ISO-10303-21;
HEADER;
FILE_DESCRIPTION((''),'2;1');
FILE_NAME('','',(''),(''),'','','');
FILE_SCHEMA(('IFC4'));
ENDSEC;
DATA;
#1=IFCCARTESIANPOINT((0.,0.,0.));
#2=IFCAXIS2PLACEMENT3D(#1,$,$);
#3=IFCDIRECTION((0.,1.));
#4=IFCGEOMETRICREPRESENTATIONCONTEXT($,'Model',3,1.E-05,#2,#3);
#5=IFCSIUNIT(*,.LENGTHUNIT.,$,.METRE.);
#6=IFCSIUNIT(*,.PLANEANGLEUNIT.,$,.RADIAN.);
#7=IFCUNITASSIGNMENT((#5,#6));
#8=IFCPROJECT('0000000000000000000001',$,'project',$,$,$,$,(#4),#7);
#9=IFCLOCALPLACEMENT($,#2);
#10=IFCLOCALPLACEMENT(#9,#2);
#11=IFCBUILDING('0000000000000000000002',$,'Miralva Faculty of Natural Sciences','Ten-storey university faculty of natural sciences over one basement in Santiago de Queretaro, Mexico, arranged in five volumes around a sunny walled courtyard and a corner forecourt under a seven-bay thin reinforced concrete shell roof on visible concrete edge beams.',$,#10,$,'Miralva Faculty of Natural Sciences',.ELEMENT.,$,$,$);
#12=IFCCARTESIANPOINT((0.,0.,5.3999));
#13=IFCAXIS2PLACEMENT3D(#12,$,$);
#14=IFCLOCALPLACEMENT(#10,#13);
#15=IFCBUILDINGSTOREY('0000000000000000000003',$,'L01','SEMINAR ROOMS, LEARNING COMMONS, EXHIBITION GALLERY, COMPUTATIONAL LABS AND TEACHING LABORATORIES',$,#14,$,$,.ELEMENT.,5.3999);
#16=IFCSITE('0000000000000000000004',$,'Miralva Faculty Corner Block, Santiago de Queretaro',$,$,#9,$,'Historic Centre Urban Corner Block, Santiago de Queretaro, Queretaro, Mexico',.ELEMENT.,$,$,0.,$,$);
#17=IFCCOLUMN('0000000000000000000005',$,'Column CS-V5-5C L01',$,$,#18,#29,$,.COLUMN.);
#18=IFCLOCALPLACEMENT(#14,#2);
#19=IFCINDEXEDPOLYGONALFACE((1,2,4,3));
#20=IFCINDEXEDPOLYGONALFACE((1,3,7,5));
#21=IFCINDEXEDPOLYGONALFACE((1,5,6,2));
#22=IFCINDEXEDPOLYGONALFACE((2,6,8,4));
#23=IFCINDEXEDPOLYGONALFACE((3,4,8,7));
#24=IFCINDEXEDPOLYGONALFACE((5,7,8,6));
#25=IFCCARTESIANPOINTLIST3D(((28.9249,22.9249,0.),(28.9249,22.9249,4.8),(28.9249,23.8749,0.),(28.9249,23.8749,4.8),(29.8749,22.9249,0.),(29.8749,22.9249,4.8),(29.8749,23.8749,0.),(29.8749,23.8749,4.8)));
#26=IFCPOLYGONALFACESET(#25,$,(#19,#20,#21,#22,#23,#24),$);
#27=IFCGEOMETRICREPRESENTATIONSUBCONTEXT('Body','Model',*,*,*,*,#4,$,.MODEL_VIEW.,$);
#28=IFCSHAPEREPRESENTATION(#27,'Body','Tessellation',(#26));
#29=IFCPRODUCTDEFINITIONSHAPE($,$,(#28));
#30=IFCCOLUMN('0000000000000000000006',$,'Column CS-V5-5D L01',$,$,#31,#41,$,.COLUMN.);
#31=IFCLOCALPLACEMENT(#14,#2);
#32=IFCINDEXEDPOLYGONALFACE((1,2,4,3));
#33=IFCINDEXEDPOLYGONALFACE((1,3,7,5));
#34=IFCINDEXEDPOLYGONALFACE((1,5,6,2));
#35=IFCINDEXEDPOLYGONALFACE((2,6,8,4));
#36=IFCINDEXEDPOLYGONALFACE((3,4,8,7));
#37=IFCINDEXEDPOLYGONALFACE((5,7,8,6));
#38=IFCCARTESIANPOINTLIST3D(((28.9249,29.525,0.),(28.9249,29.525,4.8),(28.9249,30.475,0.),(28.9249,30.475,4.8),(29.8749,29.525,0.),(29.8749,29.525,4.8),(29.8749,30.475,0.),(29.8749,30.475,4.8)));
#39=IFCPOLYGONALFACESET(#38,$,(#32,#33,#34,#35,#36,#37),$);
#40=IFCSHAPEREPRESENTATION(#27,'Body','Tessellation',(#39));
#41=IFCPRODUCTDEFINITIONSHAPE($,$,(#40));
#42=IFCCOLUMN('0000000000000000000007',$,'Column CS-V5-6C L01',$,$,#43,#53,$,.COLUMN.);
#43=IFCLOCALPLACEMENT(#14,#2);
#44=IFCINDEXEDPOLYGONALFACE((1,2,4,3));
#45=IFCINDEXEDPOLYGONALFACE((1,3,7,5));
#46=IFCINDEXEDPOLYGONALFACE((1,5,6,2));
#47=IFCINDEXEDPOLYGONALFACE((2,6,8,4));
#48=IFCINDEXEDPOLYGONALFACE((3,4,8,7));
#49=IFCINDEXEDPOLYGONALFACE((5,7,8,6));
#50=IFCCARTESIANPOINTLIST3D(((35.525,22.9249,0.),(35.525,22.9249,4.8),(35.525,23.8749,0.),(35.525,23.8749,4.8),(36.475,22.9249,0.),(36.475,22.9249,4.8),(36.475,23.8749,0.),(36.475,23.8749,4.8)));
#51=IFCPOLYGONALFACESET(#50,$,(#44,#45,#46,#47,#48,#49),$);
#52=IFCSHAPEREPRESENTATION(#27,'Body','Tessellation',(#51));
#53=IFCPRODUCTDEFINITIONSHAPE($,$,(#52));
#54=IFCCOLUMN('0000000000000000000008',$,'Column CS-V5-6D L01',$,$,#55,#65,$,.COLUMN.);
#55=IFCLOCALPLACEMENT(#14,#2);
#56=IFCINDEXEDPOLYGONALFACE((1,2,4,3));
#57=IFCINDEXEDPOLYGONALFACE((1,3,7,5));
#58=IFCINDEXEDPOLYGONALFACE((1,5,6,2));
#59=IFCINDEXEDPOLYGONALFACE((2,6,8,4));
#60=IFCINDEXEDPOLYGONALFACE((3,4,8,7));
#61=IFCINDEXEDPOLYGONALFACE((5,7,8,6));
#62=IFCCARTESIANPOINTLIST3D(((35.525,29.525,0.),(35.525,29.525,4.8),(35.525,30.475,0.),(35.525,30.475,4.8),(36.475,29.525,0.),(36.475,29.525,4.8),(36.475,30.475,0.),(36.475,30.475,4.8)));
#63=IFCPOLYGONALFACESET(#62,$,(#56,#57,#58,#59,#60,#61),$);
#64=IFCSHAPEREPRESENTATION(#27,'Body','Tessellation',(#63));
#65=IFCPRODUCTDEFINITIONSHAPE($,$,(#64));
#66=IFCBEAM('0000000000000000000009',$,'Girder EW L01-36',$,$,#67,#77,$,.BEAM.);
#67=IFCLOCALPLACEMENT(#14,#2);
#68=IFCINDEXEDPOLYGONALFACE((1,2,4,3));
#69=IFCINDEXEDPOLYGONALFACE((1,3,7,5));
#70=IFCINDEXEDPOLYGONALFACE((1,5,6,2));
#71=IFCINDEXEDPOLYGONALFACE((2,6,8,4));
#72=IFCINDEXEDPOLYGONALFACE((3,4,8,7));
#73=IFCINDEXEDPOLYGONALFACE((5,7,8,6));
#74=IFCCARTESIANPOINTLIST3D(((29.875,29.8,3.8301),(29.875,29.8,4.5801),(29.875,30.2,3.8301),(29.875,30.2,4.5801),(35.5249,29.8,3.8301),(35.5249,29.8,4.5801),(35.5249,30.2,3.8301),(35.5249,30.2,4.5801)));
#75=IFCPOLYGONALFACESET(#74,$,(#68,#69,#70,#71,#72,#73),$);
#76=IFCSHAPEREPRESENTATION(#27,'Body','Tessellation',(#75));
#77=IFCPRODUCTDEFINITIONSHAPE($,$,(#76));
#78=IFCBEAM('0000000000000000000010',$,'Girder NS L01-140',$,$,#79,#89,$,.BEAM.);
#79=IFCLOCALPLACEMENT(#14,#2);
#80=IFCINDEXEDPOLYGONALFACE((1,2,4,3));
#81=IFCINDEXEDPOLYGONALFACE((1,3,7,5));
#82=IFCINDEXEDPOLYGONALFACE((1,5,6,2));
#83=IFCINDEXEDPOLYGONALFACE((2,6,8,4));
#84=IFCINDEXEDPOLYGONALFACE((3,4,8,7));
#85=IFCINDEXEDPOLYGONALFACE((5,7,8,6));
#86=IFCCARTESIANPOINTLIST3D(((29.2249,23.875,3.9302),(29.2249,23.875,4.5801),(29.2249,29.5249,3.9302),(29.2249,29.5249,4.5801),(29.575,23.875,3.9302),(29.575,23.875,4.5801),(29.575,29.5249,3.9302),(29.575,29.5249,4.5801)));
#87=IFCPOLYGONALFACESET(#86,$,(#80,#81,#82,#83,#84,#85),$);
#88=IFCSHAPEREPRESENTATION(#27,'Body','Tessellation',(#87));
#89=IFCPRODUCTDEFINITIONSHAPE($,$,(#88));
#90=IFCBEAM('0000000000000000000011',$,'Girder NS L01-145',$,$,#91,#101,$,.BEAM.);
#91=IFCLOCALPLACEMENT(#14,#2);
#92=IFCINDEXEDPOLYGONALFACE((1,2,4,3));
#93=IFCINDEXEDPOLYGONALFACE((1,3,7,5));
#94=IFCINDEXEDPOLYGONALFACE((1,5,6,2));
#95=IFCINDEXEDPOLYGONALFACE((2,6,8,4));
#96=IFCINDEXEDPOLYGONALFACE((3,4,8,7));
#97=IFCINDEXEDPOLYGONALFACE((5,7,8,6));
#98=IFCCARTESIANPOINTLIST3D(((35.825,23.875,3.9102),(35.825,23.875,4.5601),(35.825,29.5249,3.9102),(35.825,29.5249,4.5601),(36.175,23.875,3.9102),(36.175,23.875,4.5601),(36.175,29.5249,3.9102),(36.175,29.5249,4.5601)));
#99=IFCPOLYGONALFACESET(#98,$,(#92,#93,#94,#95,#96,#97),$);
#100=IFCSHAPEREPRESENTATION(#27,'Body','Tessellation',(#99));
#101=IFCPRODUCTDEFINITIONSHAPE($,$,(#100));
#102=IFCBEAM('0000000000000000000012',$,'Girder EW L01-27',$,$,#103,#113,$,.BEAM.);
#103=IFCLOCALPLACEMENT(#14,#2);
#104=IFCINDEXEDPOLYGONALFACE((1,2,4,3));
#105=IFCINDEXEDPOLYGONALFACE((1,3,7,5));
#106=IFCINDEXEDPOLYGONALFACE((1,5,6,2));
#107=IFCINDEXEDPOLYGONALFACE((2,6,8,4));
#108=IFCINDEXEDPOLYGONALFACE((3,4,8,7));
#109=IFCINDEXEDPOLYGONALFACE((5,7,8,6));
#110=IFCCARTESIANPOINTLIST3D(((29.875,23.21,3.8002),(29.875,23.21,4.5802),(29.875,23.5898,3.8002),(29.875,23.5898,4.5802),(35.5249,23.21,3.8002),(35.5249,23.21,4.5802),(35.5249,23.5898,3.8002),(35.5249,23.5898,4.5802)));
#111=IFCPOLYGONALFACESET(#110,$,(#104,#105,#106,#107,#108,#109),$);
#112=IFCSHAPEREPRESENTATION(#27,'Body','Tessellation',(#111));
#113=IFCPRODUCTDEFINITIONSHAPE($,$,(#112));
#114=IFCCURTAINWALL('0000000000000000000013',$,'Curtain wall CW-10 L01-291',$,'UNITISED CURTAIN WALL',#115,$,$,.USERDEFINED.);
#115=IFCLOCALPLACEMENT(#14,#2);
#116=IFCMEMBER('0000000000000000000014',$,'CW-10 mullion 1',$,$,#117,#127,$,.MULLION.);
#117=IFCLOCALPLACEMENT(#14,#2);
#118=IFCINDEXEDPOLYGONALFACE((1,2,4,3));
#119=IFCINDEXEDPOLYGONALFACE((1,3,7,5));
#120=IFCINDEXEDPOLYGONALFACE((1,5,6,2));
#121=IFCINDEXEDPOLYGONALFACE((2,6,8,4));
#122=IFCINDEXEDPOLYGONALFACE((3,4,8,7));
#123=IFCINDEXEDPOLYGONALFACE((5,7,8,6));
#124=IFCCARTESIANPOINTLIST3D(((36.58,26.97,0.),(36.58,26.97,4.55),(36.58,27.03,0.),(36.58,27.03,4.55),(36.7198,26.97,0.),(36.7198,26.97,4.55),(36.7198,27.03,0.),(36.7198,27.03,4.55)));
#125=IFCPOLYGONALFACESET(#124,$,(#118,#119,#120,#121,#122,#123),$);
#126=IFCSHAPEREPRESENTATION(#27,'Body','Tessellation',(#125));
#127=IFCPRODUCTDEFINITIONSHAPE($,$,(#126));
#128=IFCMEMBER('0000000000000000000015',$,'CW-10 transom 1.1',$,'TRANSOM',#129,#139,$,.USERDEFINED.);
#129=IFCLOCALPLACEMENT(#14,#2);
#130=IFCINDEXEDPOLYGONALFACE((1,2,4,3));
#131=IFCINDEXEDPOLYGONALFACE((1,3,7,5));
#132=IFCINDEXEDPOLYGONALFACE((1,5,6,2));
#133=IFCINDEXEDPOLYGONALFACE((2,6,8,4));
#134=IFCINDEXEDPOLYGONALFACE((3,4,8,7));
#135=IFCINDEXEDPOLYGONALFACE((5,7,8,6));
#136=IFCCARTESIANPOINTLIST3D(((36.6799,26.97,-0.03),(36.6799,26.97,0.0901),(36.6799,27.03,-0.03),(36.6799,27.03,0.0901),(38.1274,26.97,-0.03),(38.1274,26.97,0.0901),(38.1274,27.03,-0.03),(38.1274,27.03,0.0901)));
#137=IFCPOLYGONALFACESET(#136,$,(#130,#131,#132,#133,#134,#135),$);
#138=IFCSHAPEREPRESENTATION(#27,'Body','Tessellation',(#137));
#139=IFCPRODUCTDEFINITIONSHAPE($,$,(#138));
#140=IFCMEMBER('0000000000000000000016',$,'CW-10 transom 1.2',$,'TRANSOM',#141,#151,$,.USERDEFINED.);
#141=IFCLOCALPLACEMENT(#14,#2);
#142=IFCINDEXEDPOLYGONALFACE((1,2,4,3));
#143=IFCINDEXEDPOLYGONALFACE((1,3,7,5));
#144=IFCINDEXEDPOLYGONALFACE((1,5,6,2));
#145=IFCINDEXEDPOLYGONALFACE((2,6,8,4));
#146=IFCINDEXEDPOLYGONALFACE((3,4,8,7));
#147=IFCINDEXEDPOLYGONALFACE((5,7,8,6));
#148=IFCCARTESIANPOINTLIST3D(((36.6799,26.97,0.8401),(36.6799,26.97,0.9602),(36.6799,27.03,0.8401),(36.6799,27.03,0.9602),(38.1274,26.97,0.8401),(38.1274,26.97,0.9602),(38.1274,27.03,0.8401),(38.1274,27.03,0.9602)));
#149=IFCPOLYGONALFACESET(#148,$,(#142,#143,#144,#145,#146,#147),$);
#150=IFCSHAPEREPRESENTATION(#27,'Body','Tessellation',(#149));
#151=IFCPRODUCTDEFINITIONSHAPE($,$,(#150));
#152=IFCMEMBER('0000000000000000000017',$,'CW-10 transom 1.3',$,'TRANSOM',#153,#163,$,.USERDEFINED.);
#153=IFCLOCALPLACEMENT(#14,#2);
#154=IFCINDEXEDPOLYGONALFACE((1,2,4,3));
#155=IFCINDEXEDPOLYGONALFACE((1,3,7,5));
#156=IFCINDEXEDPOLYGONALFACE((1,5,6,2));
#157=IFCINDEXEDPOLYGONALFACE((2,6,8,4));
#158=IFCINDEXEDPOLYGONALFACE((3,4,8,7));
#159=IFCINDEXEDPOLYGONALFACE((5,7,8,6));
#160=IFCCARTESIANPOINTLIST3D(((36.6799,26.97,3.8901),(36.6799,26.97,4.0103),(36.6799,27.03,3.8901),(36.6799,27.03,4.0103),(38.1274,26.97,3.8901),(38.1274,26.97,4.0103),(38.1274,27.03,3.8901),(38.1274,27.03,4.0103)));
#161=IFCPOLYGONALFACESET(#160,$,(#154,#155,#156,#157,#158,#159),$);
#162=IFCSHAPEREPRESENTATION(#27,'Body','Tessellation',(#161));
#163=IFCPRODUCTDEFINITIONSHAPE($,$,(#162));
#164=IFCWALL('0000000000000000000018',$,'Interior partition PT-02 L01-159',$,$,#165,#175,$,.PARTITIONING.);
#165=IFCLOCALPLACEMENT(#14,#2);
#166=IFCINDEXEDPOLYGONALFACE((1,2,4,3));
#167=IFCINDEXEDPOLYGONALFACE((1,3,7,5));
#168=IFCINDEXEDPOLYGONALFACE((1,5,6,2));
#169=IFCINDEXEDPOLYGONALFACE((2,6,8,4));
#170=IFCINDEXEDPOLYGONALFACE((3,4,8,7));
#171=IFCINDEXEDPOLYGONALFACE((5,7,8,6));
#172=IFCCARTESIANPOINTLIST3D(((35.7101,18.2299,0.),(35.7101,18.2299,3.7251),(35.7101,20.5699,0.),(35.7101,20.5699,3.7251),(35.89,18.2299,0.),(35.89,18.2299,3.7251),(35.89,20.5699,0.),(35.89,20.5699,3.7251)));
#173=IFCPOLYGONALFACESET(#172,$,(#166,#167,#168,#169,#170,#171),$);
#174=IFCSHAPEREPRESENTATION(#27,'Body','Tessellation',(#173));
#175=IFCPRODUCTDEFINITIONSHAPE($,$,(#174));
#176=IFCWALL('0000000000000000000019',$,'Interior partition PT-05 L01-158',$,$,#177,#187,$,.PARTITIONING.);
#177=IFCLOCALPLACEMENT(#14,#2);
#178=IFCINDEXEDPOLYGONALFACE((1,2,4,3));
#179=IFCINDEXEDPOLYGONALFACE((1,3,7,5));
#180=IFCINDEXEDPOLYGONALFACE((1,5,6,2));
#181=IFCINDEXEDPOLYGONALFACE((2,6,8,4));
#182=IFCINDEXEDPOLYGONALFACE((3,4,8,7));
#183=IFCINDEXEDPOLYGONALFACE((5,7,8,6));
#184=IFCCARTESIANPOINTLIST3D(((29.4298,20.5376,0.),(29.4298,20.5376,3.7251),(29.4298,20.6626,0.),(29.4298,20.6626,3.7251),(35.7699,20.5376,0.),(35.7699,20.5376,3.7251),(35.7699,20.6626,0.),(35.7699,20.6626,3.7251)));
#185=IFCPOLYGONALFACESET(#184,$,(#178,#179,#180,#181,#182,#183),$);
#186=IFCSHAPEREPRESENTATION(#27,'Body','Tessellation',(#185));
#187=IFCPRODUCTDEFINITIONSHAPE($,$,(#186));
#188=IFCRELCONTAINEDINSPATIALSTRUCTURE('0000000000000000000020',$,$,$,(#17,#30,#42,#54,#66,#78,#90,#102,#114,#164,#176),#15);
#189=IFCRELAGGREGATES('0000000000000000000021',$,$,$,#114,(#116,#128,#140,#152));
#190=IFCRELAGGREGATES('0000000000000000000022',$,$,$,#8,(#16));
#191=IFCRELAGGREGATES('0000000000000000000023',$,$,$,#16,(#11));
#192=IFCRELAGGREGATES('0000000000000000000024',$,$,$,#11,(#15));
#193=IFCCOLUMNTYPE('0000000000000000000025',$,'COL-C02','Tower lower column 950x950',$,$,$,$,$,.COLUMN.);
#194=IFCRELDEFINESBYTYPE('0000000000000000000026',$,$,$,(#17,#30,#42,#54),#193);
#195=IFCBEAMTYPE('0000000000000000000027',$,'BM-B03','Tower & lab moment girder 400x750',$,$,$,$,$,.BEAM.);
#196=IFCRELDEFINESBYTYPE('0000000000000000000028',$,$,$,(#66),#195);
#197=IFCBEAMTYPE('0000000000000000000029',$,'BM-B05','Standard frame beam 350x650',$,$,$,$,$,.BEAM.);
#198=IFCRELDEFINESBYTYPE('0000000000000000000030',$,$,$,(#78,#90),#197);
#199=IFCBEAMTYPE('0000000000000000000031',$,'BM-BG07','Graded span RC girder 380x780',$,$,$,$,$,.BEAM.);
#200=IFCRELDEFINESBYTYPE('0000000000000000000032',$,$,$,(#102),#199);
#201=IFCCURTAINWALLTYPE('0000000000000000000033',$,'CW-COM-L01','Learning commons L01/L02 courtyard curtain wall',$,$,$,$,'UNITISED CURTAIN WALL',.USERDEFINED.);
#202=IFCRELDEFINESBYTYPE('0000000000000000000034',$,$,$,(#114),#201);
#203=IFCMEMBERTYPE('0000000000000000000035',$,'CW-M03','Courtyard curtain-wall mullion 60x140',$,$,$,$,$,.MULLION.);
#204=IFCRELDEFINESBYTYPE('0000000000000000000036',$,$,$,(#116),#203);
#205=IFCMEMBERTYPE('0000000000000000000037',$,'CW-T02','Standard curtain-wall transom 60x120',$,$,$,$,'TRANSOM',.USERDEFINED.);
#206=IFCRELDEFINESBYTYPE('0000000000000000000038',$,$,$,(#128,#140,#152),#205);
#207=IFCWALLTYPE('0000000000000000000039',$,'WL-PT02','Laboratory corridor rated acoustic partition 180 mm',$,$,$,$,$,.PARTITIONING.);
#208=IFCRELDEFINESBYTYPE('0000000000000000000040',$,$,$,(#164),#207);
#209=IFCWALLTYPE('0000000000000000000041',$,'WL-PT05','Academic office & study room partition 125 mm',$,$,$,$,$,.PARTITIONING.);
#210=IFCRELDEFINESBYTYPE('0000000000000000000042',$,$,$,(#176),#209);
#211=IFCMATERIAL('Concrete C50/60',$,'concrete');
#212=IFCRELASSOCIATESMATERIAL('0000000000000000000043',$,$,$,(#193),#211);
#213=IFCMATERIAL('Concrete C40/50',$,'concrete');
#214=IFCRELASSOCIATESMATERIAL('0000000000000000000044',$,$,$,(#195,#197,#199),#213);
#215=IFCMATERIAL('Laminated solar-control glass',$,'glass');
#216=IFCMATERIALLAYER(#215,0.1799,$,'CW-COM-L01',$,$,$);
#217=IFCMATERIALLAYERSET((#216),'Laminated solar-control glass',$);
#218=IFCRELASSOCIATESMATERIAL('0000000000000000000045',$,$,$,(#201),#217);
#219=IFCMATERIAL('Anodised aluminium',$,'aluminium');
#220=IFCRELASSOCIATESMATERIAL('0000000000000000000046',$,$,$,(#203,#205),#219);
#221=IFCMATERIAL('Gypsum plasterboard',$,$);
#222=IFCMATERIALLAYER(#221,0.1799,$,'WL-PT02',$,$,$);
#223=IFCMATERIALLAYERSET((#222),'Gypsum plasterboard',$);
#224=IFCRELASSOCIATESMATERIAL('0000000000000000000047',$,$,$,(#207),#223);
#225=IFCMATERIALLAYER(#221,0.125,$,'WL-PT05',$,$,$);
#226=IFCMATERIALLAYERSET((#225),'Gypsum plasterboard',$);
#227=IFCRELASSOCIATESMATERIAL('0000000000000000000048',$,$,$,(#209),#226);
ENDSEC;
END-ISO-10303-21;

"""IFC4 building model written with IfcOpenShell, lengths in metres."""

from ifc_helpers import new_model, si_unit, direction, frame, frame_2d, origin, origin_2d, place, context, subcontext, project, spatial, rectangle, extrude, material, layer, layer_set, material_profile, profile_set, type_object, element, aggregate, save


model = new_model("IFC4")

# Units and contexts
model_context = context("Model", 3, precision=1e-05, world=origin(), true_north=direction((0.0, 1.0)))
body_context = subcontext(model_context, "Body", "Model", "MODEL_VIEW")
ifc_project = project(units=[si_unit("LENGTHUNIT", "METRE"), si_unit("PLANEANGLEUNIT", "RADIAN")], contexts=[model_context])

# Site, building, storey
site_placement = place(None, origin())
site = spatial("IfcSite", under=ifc_project, at=site_placement, Name="Miralva Faculty Corner Block, Santiago de Queretaro", LongName="Historic Centre Urban Corner Block, Santiago de Queretaro, Queretaro, Mexico", CompositionType="ELEMENT", RefElevation=0.0)
building_placement = place(site_placement, origin())
building = spatial("IfcBuilding", under=site, at=building_placement, Name="Miralva Faculty of Natural Sciences", Description="Ten-storey university faculty of natural sciences over one basement in Santiago de Queretaro, Mexico, arranged in five volumes around a sunny walled courtyard and a corner forecourt under a seven-bay thin reinforced concrete shell roof on visible concrete edge beams.", LongName="Miralva Faculty of Natural Sciences", CompositionType="ELEMENT")
storey_placement = place(building_placement, frame((0.0, 0.0, 5.3999)))
storey = spatial("IfcBuildingStorey", under=building, at=storey_placement, Name="L01", Description="SEMINAR ROOMS, LEARNING COMMONS, EXHIBITION GALLERY, COMPUTATIONAL LABS AND TEACHING LABORATORIES", CompositionType="ELEMENT", Elevation=5.3999)

# Columns
ifc_material_1 = material(Name="Concrete C50/60", Category="concrete")
ifc_material_profile_1 = material_profile(ifc_material_1, rectangle(XDim=0.95, YDim=0.95, at=origin_2d()), Name="RC 950x950")
ifc_profile_set_1 = profile_set([ifc_material_profile_1], Name="Concrete C50/60")
column_type = type_object("IfcColumnType", Name="COL-C02", Description="Tower lower column 950x950", PredefinedType="COLUMN", material=ifc_profile_set_1)
for number, where, z_axis, x_axis, name in (
    (1, (29.3999, 23.3999, 0.0), (0.0, 0.0, 1.0), (1.0, 0.0, 0.0), "Column CS-V5-5C L01"),
    (2, (29.3999, 30.0, 0.0), (0.0, 0.0, 1.0), (1.0, 0.0, 0.0), "Column CS-V5-5D L01"),
    (3, (36.0, 23.3999, 0.0), (0.0, 0.0, 1.0), (1.0, 0.0, 0.0), "Column CS-V5-6C L01"),
    (4, (36.0, 30.0, 0.0), (0.0, 0.0, 1.0), (1.0, 0.0, 0.0), "Column CS-V5-6D L01"),
):
    element("IfcColumn", number, at=place(storey_placement, frame(where, z_axis=z_axis, x_axis=x_axis)), inside=storey, type_object=column_type, Name=name, PredefinedType="COLUMN", context=body_context, shape_type="SweptSolid", body=[
        extrude(rectangle(XDim=0.95, YDim=0.95, at=origin_2d()), origin(), (0.0, 0.0, 1.0), 4.8),
    ])

# Beams
ifc_material_2 = material(Name="Concrete C40/50", Category="concrete")
ifc_material_profile_2 = material_profile(ifc_material_2, rectangle(XDim=0.3999, YDim=0.75, at=origin_2d()), Name="RC 400x750")
ifc_profile_set_2 = profile_set([ifc_material_profile_2], Name="Concrete C40/50")
beam_type_1 = type_object("IfcBeamType", Name="BM-B03", Description="Tower & lab moment girder 400x750", PredefinedType="BEAM", material=ifc_profile_set_2)
beam_1_placement = place(storey_placement, frame((29.875, 30.0, 4.2051), z_axis=(1.0, 0.0, 0.0), x_axis=(0.0, 1.0, 0.0)))
element("IfcBeam", 5, at=beam_1_placement, inside=storey, type_object=beam_type_1, Name="Girder EW L01-36", PredefinedType="BEAM", context=body_context, shape_type="SweptSolid", body=[
    extrude(rectangle(XDim=0.3999, YDim=0.75, at=origin_2d()), origin(), (0.0, 0.0, 1.0), 5.6499),
])
ifc_material_profile_3 = material_profile(ifc_material_2, rectangle(XDim=0.3501, YDim=0.6499, at=origin_2d()), Name="RC 350x650")
ifc_profile_set_3 = profile_set([ifc_material_profile_3], Name="Concrete C40/50")
beam_type_2 = type_object("IfcBeamType", Name="BM-B05", Description="Standard frame beam 350x650", PredefinedType="BEAM", material=ifc_profile_set_3)
for number, where, z_axis, x_axis, name in (
    (6, (29.3999, 23.875, 4.2551), (0.0, 1.0, 0.0), (-1.0, 0.0, 0.0), "Girder NS L01-140"),
    (7, (36.0, 23.875, 4.2351), (0.0, 1.0, 0.0), (-1.0, 0.0, 0.0), "Girder NS L01-145"),
):
    element("IfcBeam", number, at=place(storey_placement, frame(where, z_axis=z_axis, x_axis=x_axis)), inside=storey, type_object=beam_type_2, Name=name, PredefinedType="BEAM", context=body_context, shape_type="SweptSolid", body=[
        extrude(rectangle(XDim=0.3501, YDim=0.6499, at=origin_2d()), origin(), (0.0, 0.0, 1.0), 5.6499),
    ])
ifc_material_profile_4 = material_profile(ifc_material_2, rectangle(XDim=0.3799, YDim=0.78, at=origin_2d()), Name="RC 380x780")
ifc_profile_set_4 = profile_set([ifc_material_profile_4], Name="Concrete C40/50")
beam_type_3 = type_object("IfcBeamType", Name="BM-BG07", Description="Graded span RC girder 380x780", PredefinedType="BEAM", material=ifc_profile_set_4)
beam_2_placement = place(storey_placement, frame((29.875, 23.3999, 4.1902), z_axis=(1.0, 0.0, 0.0), x_axis=(0.0, 1.0, 0.0)))
element("IfcBeam", 8, at=beam_2_placement, inside=storey, type_object=beam_type_3, Name="Girder EW L01-27", PredefinedType="BEAM", context=body_context, shape_type="SweptSolid", body=[
    extrude(rectangle(XDim=0.3799, YDim=0.78, at=origin_2d()), origin(), (0.0, 0.0, 1.0), 5.6499),
])

# Curtain wall, members
ifc_material_3 = material(Name="Laminated solar-control glass", Category="glass")
ifc_layer_1 = layer(ifc_material_3, 0.1799, Name="CW-COM-L01")
ifc_layer_set_1 = layer_set([ifc_layer_1], Name="Laminated solar-control glass")
curtain_wall_type = type_object("IfcCurtainWallType", Name="CW-COM-L01", Description="Learning commons L01/L02 courtyard curtain wall", ElementType="UNITISED CURTAIN WALL", PredefinedType="USERDEFINED", material=ifc_layer_set_1)
curtain_wall_placement = place(storey_placement, origin())
curtain_wall = element("IfcCurtainWall", 9, at=curtain_wall_placement, inside=storey, type_object=curtain_wall_type, Name="Curtain wall CW-10 L01-291", ObjectType="UNITISED CURTAIN WALL", PredefinedType="USERDEFINED")
ifc_material_4 = material(Name="Anodised aluminium", Category="aluminium")
ifc_material_profile_5 = material_profile(ifc_material_4, rectangle(XDim=0.0601, YDim=0.1399, at=origin_2d()), Name="MULLION 60x140")
ifc_profile_set_5 = profile_set([ifc_material_profile_5], Name="Anodised aluminium")
member_type_1 = type_object("IfcMemberType", Name="CW-M03", Description="Courtyard curtain-wall mullion 60x140", PredefinedType="MULLION", material=ifc_profile_set_5)
member_1_placement = place(storey_placement, frame((36.6499, 27.0, 0.0), z_axis=(0.0, 0.0, 1.0), x_axis=(0.0, 1.0, 0.0)))
member_1 = element("IfcMember", 10, at=member_1_placement, type_object=member_type_1, Name="CW-10 mullion 1", PredefinedType="MULLION", context=body_context, shape_type="SweptSolid", body=[
    extrude(rectangle(XDim=0.0601, YDim=0.1399, at=origin_2d()), origin(), (0.0, 0.0, 1.0), 4.55),
])
ifc_material_profile_6 = material_profile(ifc_material_4, rectangle(XDim=0.0601, YDim=0.1201, at=origin_2d()), Name="TRANSOM 60x120")
ifc_profile_set_6 = profile_set([ifc_material_profile_6], Name="Anodised aluminium")
member_type_2 = type_object("IfcMemberType", Name="CW-T02", Description="Standard curtain-wall transom 60x120", ElementType="TRANSOM", PredefinedType="USERDEFINED", material=ifc_profile_set_6)
member_2_placement = place(storey_placement, frame((36.6799, 27.0, 0.03), z_axis=(1.0, 0.0, 0.0), x_axis=(0.0, 1.0, 0.0)))
member_2 = element("IfcMember", 11, at=member_2_placement, type_object=member_type_2, Name="CW-10 transom 1.1", ObjectType="TRANSOM", PredefinedType="USERDEFINED", context=body_context, shape_type="SweptSolid", body=[
    extrude(rectangle(XDim=0.0601, YDim=0.1201, at=origin_2d()), origin(), (0.0, 0.0, 1.0), 1.4475),
])
member_3_placement = place(storey_placement, frame((36.6799, 27.0, 0.9001), z_axis=(1.0, 0.0, 0.0), x_axis=(0.0, 1.0, 0.0)))
member_3 = element("IfcMember", 12, at=member_3_placement, type_object=member_type_2, Name="CW-10 transom 1.2", ObjectType="TRANSOM", PredefinedType="USERDEFINED", context=body_context, shape_type="SweptSolid", body=[
    extrude(rectangle(XDim=0.0601, YDim=0.1201, at=origin_2d()), origin(), (0.0, 0.0, 1.0), 1.4475),
])
member_4_placement = place(storey_placement, frame((36.6799, 27.0, 3.9502), z_axis=(1.0, 0.0, 0.0), x_axis=(0.0, 1.0, 0.0)))
member_4 = element("IfcMember", 13, at=member_4_placement, type_object=member_type_2, Name="CW-10 transom 1.3", ObjectType="TRANSOM", PredefinedType="USERDEFINED", context=body_context, shape_type="SweptSolid", body=[
    extrude(rectangle(XDim=0.0601, YDim=0.1201, at=origin_2d()), origin(), (0.0, 0.0, 1.0), 1.4475),
])
aggregate(curtain_wall, [member_1, member_2, member_3, member_4])

# Walls
ifc_material_5 = material(Name="Gypsum plasterboard")
ifc_layer_2 = layer(ifc_material_5, 0.1799, Name="WL-PT02")
ifc_layer_set_2 = layer_set([ifc_layer_2], Name="Gypsum plasterboard")
wall_type_1 = type_object("IfcWallType", Name="WL-PT02", Description="Laboratory corridor rated acoustic partition 180 mm", PredefinedType="PARTITIONING", material=ifc_layer_set_2)
wall_1_placement = place(storey_placement, frame((35.8, 18.23, 0.0), z_axis=(0.0, 0.0, 1.0), x_axis=(0.0, 1.0, 0.0)))
element("IfcWall", 14, at=wall_1_placement, inside=storey, type_object=wall_type_1, Name="Interior partition PT-02 L01-159", PredefinedType="PARTITIONING", context=body_context, shape_type="SweptSolid", body=[
    extrude(rectangle(XDim=2.3401, YDim=0.1799, at=frame_2d((1.1699, 0.0))), origin(), (0.0, 0.0, 1.0), 3.7251),
])
ifc_layer_3 = layer(ifc_material_5, 0.125, Name="WL-PT05")
ifc_layer_set_3 = layer_set([ifc_layer_3], Name="Gypsum plasterboard")
wall_type_2 = type_object("IfcWallType", Name="WL-PT05", Description="Academic office & study room partition 125 mm", PredefinedType="PARTITIONING", material=ifc_layer_set_3)
wall_2_placement = place(storey_placement, frame((29.4299, 20.6001, 0.0), z_axis=(0.0, 0.0, 1.0), x_axis=(1.0, 0.0, 0.0)))
element("IfcWall", 15, at=wall_2_placement, inside=storey, type_object=wall_type_2, Name="Interior partition PT-05 L01-158", PredefinedType="PARTITIONING", context=body_context, shape_type="SweptSolid", body=[
    extrude(rectangle(XDim=6.3401, YDim=0.125, at=frame_2d((3.1699, 0.0))), origin(), (0.0, 0.0, 1.0), 3.7251),
])

save(model, "model.ifc")
